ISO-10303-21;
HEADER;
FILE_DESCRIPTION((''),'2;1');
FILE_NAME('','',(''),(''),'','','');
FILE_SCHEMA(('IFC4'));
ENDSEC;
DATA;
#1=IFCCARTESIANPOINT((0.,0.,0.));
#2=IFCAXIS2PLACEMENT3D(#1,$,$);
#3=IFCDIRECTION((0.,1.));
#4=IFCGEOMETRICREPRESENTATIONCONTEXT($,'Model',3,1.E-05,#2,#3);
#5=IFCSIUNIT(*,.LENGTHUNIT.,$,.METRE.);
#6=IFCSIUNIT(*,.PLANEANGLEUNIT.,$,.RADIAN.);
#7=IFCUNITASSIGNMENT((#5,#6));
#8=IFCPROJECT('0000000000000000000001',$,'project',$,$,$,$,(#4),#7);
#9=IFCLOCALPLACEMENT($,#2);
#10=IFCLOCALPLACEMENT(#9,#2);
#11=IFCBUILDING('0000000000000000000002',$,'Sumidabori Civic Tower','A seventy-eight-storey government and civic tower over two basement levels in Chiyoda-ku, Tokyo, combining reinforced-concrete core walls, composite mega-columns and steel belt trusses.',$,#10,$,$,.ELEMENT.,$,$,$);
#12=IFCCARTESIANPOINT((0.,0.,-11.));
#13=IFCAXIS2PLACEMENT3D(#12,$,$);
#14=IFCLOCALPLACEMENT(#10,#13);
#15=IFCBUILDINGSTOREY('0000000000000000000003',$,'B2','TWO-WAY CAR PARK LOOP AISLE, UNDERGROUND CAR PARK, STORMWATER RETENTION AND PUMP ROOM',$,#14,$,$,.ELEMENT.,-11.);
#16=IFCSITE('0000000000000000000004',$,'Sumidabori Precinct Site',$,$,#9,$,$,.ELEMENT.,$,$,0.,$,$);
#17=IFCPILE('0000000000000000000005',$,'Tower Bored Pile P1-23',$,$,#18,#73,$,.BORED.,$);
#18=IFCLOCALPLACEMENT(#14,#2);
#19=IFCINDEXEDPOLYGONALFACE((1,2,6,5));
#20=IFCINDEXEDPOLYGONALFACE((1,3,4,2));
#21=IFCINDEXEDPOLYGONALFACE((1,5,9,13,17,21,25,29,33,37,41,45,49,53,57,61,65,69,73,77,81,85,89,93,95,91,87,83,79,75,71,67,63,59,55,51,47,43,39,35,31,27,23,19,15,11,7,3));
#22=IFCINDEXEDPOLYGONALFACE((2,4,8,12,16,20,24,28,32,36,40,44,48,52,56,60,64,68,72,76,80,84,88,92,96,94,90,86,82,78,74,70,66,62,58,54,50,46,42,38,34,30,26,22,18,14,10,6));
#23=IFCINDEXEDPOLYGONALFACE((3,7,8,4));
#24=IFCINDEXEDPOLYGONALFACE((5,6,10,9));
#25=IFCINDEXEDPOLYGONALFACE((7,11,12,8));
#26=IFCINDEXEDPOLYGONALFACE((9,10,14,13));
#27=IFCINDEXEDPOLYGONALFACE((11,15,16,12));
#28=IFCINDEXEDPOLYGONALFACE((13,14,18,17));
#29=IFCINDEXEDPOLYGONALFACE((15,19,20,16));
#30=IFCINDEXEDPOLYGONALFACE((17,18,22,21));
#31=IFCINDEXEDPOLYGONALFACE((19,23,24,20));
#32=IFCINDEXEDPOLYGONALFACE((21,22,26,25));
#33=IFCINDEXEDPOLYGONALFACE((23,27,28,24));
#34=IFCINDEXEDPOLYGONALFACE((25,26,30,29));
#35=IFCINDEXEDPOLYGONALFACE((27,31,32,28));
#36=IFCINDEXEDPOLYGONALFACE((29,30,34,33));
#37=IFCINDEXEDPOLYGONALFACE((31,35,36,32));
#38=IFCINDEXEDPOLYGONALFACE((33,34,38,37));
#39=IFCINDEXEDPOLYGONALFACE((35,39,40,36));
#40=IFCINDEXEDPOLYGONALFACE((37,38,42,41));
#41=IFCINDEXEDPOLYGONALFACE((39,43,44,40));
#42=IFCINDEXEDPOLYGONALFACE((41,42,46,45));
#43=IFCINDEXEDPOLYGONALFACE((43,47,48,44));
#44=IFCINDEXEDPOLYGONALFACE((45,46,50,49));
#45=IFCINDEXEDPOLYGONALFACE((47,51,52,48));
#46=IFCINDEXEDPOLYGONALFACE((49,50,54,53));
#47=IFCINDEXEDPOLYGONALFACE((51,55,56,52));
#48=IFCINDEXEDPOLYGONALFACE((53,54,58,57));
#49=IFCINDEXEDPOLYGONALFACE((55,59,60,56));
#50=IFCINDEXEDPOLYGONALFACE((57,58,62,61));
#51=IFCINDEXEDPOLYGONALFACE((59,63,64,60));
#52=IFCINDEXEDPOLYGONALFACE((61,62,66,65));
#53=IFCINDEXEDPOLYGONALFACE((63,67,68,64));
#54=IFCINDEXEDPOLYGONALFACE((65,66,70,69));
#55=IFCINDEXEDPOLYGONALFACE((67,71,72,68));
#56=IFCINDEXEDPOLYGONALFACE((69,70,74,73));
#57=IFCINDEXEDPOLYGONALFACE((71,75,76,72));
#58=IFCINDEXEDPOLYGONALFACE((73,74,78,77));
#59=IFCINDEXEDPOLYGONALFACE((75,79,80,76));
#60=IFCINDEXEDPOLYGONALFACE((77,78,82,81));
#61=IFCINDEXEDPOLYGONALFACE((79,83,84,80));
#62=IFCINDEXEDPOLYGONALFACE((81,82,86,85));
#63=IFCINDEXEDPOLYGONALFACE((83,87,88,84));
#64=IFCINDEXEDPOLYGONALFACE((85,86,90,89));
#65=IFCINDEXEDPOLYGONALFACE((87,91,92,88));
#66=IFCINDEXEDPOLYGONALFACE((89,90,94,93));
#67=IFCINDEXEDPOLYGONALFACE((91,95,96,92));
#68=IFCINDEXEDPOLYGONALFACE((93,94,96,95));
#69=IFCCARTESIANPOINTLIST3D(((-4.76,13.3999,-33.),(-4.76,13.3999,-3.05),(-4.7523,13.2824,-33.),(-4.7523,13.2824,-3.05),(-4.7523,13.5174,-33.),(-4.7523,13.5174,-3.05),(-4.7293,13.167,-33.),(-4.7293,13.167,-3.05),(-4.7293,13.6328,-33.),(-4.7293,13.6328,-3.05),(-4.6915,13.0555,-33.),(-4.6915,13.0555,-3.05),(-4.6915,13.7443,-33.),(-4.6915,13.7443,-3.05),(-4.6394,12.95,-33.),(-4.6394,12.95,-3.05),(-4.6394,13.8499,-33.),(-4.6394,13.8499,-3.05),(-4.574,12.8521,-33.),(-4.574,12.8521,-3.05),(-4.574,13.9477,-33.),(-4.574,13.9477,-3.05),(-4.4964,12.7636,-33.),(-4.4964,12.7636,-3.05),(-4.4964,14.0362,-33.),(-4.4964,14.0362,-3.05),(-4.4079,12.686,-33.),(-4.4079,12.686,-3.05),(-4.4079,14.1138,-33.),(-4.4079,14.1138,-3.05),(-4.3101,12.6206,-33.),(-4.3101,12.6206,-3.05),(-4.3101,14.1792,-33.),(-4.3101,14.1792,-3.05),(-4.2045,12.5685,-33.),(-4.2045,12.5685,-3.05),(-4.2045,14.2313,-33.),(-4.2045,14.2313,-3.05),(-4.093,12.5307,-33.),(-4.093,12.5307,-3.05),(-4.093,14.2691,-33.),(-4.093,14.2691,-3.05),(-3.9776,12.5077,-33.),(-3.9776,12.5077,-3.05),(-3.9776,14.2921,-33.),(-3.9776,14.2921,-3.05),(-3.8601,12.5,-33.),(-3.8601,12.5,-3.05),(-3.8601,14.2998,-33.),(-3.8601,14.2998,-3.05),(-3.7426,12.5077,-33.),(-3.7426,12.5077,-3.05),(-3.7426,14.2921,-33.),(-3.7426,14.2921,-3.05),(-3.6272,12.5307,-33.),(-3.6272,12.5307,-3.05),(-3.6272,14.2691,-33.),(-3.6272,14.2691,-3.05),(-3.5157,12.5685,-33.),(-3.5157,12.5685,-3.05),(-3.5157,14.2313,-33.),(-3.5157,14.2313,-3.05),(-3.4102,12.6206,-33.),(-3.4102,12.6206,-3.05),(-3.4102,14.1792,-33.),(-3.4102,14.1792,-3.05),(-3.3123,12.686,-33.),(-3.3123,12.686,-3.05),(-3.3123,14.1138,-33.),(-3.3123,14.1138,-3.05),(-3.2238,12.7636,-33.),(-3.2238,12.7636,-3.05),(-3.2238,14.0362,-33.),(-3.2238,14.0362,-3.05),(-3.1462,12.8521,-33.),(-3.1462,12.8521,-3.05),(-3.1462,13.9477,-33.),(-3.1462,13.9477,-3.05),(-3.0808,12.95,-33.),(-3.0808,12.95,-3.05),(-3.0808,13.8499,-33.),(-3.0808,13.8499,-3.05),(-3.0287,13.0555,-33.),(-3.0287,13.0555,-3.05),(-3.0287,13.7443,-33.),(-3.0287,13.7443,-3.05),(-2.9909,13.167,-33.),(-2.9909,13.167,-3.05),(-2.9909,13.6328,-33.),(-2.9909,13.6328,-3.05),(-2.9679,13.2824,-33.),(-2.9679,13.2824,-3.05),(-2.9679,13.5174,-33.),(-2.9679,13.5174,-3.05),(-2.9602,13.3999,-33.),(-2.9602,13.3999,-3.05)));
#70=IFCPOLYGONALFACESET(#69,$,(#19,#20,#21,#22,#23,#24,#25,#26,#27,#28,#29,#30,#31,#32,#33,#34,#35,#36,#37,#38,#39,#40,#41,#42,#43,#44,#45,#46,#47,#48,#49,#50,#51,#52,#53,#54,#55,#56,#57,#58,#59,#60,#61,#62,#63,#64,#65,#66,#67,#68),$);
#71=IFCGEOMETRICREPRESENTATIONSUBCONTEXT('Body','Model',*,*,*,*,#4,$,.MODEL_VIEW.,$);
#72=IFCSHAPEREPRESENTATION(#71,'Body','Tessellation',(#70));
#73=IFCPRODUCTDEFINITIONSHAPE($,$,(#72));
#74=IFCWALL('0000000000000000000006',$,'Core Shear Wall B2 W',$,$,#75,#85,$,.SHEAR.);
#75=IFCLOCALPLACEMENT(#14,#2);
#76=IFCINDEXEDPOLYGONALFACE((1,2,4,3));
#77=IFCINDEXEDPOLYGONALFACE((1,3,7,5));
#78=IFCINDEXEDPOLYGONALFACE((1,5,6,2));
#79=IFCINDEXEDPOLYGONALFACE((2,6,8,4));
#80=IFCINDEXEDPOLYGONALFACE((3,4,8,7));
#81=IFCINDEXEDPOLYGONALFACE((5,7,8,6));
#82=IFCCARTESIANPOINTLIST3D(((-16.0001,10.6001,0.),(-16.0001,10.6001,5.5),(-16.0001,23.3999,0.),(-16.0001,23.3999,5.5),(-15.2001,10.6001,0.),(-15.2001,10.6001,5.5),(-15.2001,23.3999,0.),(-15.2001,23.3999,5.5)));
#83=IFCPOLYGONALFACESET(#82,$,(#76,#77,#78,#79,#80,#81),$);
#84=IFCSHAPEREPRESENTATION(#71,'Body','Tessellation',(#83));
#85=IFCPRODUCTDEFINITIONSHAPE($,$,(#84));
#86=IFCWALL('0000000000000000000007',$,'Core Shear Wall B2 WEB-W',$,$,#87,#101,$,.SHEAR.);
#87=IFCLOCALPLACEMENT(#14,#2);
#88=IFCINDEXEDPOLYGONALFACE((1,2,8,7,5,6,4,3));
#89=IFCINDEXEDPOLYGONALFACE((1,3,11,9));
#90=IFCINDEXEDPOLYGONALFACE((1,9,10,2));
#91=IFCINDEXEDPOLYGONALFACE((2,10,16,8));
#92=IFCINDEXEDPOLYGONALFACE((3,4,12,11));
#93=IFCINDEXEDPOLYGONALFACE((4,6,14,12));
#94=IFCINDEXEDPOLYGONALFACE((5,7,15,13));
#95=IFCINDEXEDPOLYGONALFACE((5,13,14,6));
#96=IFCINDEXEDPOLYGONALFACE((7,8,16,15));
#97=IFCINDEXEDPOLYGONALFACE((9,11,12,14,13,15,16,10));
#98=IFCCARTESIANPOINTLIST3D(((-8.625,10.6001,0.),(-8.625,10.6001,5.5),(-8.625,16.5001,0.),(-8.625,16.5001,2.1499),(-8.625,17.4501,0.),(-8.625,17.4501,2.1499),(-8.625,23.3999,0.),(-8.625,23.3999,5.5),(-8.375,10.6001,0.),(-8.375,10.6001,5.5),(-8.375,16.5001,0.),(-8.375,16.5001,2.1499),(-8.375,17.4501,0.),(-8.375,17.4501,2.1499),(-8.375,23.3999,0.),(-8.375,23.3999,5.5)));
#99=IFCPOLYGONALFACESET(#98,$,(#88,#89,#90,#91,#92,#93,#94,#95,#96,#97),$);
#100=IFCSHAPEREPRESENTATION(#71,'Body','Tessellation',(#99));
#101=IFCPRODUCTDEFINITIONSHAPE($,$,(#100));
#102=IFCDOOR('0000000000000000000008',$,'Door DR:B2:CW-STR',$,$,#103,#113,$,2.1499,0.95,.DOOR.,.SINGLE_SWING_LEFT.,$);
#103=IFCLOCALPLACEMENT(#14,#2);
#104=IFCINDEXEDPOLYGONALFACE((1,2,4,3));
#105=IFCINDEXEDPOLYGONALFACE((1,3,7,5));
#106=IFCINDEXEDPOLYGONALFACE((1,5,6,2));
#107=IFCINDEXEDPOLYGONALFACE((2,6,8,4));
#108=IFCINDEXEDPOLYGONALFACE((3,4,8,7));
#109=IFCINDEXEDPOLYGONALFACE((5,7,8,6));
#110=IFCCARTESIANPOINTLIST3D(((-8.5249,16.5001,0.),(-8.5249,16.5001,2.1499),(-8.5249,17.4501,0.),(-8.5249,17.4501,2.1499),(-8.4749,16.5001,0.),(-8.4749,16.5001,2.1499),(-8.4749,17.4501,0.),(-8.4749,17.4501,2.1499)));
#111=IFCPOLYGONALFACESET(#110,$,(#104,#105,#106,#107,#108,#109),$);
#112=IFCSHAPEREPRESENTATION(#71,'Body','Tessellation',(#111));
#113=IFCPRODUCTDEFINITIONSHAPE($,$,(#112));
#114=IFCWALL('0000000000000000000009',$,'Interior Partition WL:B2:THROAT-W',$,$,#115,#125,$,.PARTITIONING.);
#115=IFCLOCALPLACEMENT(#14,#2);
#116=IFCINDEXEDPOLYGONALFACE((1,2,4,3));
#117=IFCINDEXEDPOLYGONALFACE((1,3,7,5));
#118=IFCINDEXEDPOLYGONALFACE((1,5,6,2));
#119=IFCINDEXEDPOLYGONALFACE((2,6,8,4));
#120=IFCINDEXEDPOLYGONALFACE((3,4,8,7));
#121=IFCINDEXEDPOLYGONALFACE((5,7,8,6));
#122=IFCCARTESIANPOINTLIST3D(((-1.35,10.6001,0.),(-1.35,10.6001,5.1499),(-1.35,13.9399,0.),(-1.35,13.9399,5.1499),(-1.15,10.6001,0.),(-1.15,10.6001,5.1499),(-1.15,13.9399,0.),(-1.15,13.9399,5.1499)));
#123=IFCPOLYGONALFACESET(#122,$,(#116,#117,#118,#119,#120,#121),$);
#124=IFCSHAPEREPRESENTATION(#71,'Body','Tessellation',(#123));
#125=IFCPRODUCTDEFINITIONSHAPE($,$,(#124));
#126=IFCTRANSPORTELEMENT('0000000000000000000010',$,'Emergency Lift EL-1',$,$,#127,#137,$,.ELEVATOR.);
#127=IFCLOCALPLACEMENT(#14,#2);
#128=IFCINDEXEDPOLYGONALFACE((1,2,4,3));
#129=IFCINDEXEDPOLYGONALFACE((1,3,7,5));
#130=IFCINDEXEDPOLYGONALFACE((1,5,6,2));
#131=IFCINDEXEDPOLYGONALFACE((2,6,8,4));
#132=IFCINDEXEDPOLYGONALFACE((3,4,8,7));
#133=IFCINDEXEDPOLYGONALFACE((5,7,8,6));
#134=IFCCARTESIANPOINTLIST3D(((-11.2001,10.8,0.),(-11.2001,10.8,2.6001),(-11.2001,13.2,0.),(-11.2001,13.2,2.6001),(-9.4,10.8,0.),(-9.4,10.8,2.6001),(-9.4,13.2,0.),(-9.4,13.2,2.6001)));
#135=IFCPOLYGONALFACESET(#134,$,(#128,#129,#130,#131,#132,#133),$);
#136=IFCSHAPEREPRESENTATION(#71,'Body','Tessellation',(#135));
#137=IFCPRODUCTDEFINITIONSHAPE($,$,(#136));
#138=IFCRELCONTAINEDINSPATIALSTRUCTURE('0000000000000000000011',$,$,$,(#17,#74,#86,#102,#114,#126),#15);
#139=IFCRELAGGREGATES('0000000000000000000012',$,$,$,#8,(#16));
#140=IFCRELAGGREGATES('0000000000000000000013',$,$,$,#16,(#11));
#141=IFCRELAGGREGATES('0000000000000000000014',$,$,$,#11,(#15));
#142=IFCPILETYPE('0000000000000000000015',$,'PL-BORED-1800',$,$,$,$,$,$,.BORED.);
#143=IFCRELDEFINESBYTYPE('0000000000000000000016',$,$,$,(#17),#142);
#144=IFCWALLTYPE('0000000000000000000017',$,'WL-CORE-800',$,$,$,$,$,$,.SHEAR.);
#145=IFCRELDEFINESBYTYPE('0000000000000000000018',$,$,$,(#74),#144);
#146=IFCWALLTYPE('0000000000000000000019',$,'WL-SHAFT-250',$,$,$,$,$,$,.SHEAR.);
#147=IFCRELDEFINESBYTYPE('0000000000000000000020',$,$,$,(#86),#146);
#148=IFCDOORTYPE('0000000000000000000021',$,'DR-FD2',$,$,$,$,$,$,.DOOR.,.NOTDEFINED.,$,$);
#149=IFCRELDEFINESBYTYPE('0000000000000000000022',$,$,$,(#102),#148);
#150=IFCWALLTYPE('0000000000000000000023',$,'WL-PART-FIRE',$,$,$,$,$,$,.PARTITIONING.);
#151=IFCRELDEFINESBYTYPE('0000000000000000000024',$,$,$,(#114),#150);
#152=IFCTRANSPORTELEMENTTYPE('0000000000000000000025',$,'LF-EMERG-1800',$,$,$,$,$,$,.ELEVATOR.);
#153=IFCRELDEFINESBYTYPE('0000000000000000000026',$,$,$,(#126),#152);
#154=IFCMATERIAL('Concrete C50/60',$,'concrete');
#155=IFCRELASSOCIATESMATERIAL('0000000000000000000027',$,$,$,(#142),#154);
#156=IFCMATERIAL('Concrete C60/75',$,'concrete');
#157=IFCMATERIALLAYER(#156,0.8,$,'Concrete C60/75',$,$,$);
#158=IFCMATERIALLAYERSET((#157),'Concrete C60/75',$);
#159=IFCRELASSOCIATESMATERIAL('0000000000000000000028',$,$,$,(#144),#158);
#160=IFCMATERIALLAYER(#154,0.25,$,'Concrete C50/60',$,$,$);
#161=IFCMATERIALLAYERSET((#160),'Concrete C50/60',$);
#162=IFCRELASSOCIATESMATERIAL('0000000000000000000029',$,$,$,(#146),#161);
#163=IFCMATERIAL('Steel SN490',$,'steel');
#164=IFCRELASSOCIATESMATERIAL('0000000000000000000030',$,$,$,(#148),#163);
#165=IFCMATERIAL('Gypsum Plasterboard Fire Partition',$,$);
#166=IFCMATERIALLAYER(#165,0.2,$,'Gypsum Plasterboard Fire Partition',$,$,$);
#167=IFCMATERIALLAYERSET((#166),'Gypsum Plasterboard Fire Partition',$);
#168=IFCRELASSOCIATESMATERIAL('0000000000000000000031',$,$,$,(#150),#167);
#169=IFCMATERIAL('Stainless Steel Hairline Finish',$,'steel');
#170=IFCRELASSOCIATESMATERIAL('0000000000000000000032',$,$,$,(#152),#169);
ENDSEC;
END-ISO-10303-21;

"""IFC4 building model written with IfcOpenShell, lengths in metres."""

from ifc_helpers import new_model, si_unit, direction, frame, frame_2d, origin, origin_2d, place, context, subcontext, project, spatial, rectangle, circle, extrude, source, transform, mapped, material, layer, layer_set, material_profile, profile_set, type_object, element, fill, save


model = new_model("IFC4")

# Units and contexts
model_context = context("Model", 3, precision=1e-05, world=origin(), true_north=direction((0.0, 1.0)))
body_context = subcontext(model_context, "Body", "Model", "MODEL_VIEW")
ifc_project = project(units=[si_unit("LENGTHUNIT", "METRE"), si_unit("PLANEANGLEUNIT", "RADIAN")], contexts=[model_context])

# Site, building, storey
site_placement = place(None, origin())
site = spatial("IfcSite", under=ifc_project, at=site_placement, Name="Sumidabori Precinct Site", CompositionType="ELEMENT", RefElevation=0.0)
building_placement = place(site_placement, origin())
building = spatial("IfcBuilding", under=site, at=building_placement, Name="Sumidabori Civic Tower", Description="A seventy-eight-storey government and civic tower over two basement levels in Chiyoda-ku, Tokyo, combining reinforced-concrete core walls, composite mega-columns and steel belt trusses.", CompositionType="ELEMENT")
storey_placement = place(building_placement, frame((0.0, 0.0, -11.0)))
storey = spatial("IfcBuildingStorey", under=building, at=storey_placement, Name="B2", Description="TWO-WAY CAR PARK LOOP AISLE, UNDERGROUND CAR PARK, STORMWATER RETENTION AND PUMP ROOM", CompositionType="ELEMENT", Elevation=-11.0)

# Shared definitions
ifc_material_1 = material(Name="Concrete C50/60", Category="concrete")
ifc_material_2 = material(Name="Concrete C60/75", Category="concrete")

# Pile
ifc_material_profile = material_profile(ifc_material_1, circle(Radius=0.8999, at=origin_2d()), Name="BORED PILE 1800")
ifc_profile_set = profile_set([ifc_material_profile], Name="Concrete C50/60")
pile_type = type_object("IfcPileType", Name="PL-BORED-1800", PredefinedType="BORED", material=ifc_profile_set)
shared_shape_1 = source(origin(), body_context, "Body", "SweptSolid", [
    extrude(circle(Radius=0.8999, at=origin_2d()), origin(), (0.0, 0.0, 1.0), 29.95),
])
for number, where, z_axis, x_axis, name in (
    (1, (-3.8601, 13.3999, -3.05), (0.0, 0.0, -1.0), (1.0, 0.0, 0.0), "Tower Bored Pile P1-23"),
):
    element("IfcPile", number, at=place(storey_placement, frame(where, z_axis=z_axis, x_axis=x_axis)), inside=storey, type_object=pile_type, Name=name, PredefinedType="BORED", context=body_context, shape_type="MappedRepresentation", body=[
        mapped(shared_shape_1, transform((0.0, 0.0, 0.0), x_axis=(1.0, 0.0, 0.0), y_axis=(0.0, 1.0, 0.0), z_axis=(0.0, 0.0, 1.0), scale=1.0)),
    ])

# Wall
ifc_layer_1 = layer(ifc_material_2, 0.8, Name="Concrete C60/75")
ifc_layer_set_1 = layer_set([ifc_layer_1], Name="Concrete C60/75")
wall_type_1 = type_object("IfcWallType", Name="WL-CORE-800", PredefinedType="SHEAR", material=ifc_layer_set_1)
shared_shape_2 = source(origin(), body_context, "Body", "SweptSolid", [
    extrude(rectangle(XDim=12.7998, YDim=0.8, at=frame_2d((6.3999, 0.0))), origin(), (0.0, 0.0, 1.0), 5.5),
])
wall_1_placement = place(storey_placement, frame((-15.6001, 10.6001, 0.0), z_axis=(0.0, 0.0, 1.0), x_axis=(0.0, 1.0, 0.0)))
element("IfcWall", 2, at=wall_1_placement, inside=storey, type_object=wall_type_1, Name="Core Shear Wall B2 W", PredefinedType="SHEAR", context=body_context, shape_type="MappedRepresentation", body=[
    mapped(shared_shape_2, transform((0.0, 0.0, 0.0), x_axis=(1.0, 0.0, 0.0), y_axis=(0.0, 1.0, 0.0), z_axis=(0.0, 0.0, 1.0), scale=1.0)),
])

# Wall, opening, door
ifc_layer_2 = layer(ifc_material_1, 0.25, Name="Concrete C50/60")
ifc_layer_set_2 = layer_set([ifc_layer_2], Name="Concrete C50/60")
wall_type_2 = type_object("IfcWallType", Name="WL-SHAFT-250", PredefinedType="SHEAR", material=ifc_layer_set_2)
shared_shape_3 = source(origin(), body_context, "Body", "SweptSolid", [
    extrude(rectangle(XDim=12.7998, YDim=0.25, at=frame_2d((6.3999, 0.0))), origin(), (0.0, 0.0, 1.0), 5.5),
])
wall_2_placement = place(storey_placement, frame((-8.5, 10.6001, 0.0), z_axis=(0.0, 0.0, 1.0), x_axis=(0.0, 1.0, 0.0)))
wall_2 = element("IfcWall", 3, at=wall_2_placement, inside=storey, type_object=wall_type_2, Name="Core Shear Wall B2 WEB-W", PredefinedType="SHEAR", context=body_context, shape_type="MappedRepresentation", body=[
    mapped(shared_shape_3, transform((0.0, 0.0, 0.0), x_axis=(1.0, 0.0, 0.0), y_axis=(0.0, 1.0, 0.0), z_axis=(0.0, 0.0, 1.0), scale=1.0)),
])
opening_1_placement = place(wall_2_placement, frame((5.8999, 0.0, 0.0)))
opening_1 = element("IfcOpeningElement", 4, at=opening_1_placement, cuts=wall_2, PredefinedType="OPENING", context=body_context, shape_type="SweptSolid", body=[
    extrude(rectangle(XDim=0.95, YDim=2.1499, at=frame_2d((0.4751, 1.075))), frame((0.0, 0.137, 0.0), z_axis=(0.0, -1.0, 0.0), x_axis=(1.0, 0.0, 0.0)), (0.0, 0.0, 1.0), 0.2739),
])
ifc_material_3 = material(Name="Steel SN490", Category="steel")
door_type_1 = type_object("IfcDoorType", Name="DR-FD2", OperationType="NOTDEFINED", PredefinedType="DOOR", material=ifc_material_3)
shared_shape_4 = source(origin(), body_context, "Body", "SweptSolid", [
    extrude(rectangle(XDim=0.95, YDim=2.1499, at=frame_2d((0.4751, 1.075))), frame((0.0, 0.0249, 0.0), z_axis=(0.0, -1.0, 0.0), x_axis=(1.0, 0.0, 0.0)), (0.0, 0.0, 1.0), 0.05),
])
door_1_placement = place(opening_1_placement, origin())
door_1 = element("IfcDoor", 5, at=door_1_placement, inside=storey, type_object=door_type_1, Name="Door DR:B2:CW-STR", OperationType="SINGLE_SWING_LEFT", OverallHeight=2.1499, OverallWidth=0.95, PredefinedType="DOOR", context=body_context, shape_type="MappedRepresentation", body=[
    mapped(shared_shape_4, transform((0.0, 0.0, 0.0), x_axis=(1.0, 0.0, 0.0), y_axis=(0.0, 1.0, 0.0), z_axis=(0.0, 0.0, 1.0), scale=1.0)),
])
fill(opening_1, door_1)
ifc_material_4 = material(Name="Stainless Steel Hairline Finish", Category="steel")

# Wall
ifc_material_5 = material(Name="Gypsum Plasterboard Fire Partition")
ifc_layer_3 = layer(ifc_material_5, 0.2, Name="Gypsum Plasterboard Fire Partition")
ifc_layer_set_3 = layer_set([ifc_layer_3], Name="Gypsum Plasterboard Fire Partition")
wall_type_3 = type_object("IfcWallType", Name="WL-PART-FIRE", PredefinedType="PARTITIONING", material=ifc_layer_set_3)
shared_shape_5 = source(origin(), body_context, "Body", "SweptSolid", [
    extrude(rectangle(XDim=3.3398, YDim=0.2, at=frame_2d((1.6699, 0.0))), origin(), (0.0, 0.0, 1.0), 5.1499),
])
wall_3_placement = place(storey_placement, frame((-1.25, 10.6001, 0.0), z_axis=(0.0, 0.0, 1.0), x_axis=(0.0, 1.0, 0.0)))
element("IfcWall", 6, at=wall_3_placement, inside=storey, type_object=wall_type_3, Name="Interior Partition WL:B2:THROAT-W", PredefinedType="PARTITIONING", context=body_context, shape_type="MappedRepresentation", body=[
    mapped(shared_shape_5, transform((0.0, 0.0, 0.0), x_axis=(1.0, 0.0, 0.0), y_axis=(0.0, 1.0, 0.0), z_axis=(0.0, 0.0, 1.0), scale=1.0)),
])

# Transport element
transport_element_type = type_object("IfcTransportElementType", Name="LF-EMERG-1800", PredefinedType="ELEVATOR", material=ifc_material_4)
shared_shape_6 = source(origin(), body_context, "Body", "SweptSolid", [
    extrude(rectangle(XDim=1.8, YDim=2.3999, at=origin_2d()), origin(), (0.0, 0.0, 1.0), 2.6001),
])
transport_element_placement = place(storey_placement, frame((-10.3, 12.0, 0.0), z_axis=(0.0, 0.0, 1.0), x_axis=(1.0, 0.0, 0.0)))
element("IfcTransportElement", 7, at=transport_element_placement, inside=storey, type_object=transport_element_type, Name="Emergency Lift EL-1", PredefinedType="ELEVATOR", context=body_context, shape_type="MappedRepresentation", body=[
    mapped(shared_shape_6, transform((0.0, 0.0, 0.0), x_axis=(1.0, 0.0, 0.0), y_axis=(0.0, 1.0, 0.0), z_axis=(0.0, 0.0, 1.0), scale=1.0)),
])

save(model, "model.ifc")
